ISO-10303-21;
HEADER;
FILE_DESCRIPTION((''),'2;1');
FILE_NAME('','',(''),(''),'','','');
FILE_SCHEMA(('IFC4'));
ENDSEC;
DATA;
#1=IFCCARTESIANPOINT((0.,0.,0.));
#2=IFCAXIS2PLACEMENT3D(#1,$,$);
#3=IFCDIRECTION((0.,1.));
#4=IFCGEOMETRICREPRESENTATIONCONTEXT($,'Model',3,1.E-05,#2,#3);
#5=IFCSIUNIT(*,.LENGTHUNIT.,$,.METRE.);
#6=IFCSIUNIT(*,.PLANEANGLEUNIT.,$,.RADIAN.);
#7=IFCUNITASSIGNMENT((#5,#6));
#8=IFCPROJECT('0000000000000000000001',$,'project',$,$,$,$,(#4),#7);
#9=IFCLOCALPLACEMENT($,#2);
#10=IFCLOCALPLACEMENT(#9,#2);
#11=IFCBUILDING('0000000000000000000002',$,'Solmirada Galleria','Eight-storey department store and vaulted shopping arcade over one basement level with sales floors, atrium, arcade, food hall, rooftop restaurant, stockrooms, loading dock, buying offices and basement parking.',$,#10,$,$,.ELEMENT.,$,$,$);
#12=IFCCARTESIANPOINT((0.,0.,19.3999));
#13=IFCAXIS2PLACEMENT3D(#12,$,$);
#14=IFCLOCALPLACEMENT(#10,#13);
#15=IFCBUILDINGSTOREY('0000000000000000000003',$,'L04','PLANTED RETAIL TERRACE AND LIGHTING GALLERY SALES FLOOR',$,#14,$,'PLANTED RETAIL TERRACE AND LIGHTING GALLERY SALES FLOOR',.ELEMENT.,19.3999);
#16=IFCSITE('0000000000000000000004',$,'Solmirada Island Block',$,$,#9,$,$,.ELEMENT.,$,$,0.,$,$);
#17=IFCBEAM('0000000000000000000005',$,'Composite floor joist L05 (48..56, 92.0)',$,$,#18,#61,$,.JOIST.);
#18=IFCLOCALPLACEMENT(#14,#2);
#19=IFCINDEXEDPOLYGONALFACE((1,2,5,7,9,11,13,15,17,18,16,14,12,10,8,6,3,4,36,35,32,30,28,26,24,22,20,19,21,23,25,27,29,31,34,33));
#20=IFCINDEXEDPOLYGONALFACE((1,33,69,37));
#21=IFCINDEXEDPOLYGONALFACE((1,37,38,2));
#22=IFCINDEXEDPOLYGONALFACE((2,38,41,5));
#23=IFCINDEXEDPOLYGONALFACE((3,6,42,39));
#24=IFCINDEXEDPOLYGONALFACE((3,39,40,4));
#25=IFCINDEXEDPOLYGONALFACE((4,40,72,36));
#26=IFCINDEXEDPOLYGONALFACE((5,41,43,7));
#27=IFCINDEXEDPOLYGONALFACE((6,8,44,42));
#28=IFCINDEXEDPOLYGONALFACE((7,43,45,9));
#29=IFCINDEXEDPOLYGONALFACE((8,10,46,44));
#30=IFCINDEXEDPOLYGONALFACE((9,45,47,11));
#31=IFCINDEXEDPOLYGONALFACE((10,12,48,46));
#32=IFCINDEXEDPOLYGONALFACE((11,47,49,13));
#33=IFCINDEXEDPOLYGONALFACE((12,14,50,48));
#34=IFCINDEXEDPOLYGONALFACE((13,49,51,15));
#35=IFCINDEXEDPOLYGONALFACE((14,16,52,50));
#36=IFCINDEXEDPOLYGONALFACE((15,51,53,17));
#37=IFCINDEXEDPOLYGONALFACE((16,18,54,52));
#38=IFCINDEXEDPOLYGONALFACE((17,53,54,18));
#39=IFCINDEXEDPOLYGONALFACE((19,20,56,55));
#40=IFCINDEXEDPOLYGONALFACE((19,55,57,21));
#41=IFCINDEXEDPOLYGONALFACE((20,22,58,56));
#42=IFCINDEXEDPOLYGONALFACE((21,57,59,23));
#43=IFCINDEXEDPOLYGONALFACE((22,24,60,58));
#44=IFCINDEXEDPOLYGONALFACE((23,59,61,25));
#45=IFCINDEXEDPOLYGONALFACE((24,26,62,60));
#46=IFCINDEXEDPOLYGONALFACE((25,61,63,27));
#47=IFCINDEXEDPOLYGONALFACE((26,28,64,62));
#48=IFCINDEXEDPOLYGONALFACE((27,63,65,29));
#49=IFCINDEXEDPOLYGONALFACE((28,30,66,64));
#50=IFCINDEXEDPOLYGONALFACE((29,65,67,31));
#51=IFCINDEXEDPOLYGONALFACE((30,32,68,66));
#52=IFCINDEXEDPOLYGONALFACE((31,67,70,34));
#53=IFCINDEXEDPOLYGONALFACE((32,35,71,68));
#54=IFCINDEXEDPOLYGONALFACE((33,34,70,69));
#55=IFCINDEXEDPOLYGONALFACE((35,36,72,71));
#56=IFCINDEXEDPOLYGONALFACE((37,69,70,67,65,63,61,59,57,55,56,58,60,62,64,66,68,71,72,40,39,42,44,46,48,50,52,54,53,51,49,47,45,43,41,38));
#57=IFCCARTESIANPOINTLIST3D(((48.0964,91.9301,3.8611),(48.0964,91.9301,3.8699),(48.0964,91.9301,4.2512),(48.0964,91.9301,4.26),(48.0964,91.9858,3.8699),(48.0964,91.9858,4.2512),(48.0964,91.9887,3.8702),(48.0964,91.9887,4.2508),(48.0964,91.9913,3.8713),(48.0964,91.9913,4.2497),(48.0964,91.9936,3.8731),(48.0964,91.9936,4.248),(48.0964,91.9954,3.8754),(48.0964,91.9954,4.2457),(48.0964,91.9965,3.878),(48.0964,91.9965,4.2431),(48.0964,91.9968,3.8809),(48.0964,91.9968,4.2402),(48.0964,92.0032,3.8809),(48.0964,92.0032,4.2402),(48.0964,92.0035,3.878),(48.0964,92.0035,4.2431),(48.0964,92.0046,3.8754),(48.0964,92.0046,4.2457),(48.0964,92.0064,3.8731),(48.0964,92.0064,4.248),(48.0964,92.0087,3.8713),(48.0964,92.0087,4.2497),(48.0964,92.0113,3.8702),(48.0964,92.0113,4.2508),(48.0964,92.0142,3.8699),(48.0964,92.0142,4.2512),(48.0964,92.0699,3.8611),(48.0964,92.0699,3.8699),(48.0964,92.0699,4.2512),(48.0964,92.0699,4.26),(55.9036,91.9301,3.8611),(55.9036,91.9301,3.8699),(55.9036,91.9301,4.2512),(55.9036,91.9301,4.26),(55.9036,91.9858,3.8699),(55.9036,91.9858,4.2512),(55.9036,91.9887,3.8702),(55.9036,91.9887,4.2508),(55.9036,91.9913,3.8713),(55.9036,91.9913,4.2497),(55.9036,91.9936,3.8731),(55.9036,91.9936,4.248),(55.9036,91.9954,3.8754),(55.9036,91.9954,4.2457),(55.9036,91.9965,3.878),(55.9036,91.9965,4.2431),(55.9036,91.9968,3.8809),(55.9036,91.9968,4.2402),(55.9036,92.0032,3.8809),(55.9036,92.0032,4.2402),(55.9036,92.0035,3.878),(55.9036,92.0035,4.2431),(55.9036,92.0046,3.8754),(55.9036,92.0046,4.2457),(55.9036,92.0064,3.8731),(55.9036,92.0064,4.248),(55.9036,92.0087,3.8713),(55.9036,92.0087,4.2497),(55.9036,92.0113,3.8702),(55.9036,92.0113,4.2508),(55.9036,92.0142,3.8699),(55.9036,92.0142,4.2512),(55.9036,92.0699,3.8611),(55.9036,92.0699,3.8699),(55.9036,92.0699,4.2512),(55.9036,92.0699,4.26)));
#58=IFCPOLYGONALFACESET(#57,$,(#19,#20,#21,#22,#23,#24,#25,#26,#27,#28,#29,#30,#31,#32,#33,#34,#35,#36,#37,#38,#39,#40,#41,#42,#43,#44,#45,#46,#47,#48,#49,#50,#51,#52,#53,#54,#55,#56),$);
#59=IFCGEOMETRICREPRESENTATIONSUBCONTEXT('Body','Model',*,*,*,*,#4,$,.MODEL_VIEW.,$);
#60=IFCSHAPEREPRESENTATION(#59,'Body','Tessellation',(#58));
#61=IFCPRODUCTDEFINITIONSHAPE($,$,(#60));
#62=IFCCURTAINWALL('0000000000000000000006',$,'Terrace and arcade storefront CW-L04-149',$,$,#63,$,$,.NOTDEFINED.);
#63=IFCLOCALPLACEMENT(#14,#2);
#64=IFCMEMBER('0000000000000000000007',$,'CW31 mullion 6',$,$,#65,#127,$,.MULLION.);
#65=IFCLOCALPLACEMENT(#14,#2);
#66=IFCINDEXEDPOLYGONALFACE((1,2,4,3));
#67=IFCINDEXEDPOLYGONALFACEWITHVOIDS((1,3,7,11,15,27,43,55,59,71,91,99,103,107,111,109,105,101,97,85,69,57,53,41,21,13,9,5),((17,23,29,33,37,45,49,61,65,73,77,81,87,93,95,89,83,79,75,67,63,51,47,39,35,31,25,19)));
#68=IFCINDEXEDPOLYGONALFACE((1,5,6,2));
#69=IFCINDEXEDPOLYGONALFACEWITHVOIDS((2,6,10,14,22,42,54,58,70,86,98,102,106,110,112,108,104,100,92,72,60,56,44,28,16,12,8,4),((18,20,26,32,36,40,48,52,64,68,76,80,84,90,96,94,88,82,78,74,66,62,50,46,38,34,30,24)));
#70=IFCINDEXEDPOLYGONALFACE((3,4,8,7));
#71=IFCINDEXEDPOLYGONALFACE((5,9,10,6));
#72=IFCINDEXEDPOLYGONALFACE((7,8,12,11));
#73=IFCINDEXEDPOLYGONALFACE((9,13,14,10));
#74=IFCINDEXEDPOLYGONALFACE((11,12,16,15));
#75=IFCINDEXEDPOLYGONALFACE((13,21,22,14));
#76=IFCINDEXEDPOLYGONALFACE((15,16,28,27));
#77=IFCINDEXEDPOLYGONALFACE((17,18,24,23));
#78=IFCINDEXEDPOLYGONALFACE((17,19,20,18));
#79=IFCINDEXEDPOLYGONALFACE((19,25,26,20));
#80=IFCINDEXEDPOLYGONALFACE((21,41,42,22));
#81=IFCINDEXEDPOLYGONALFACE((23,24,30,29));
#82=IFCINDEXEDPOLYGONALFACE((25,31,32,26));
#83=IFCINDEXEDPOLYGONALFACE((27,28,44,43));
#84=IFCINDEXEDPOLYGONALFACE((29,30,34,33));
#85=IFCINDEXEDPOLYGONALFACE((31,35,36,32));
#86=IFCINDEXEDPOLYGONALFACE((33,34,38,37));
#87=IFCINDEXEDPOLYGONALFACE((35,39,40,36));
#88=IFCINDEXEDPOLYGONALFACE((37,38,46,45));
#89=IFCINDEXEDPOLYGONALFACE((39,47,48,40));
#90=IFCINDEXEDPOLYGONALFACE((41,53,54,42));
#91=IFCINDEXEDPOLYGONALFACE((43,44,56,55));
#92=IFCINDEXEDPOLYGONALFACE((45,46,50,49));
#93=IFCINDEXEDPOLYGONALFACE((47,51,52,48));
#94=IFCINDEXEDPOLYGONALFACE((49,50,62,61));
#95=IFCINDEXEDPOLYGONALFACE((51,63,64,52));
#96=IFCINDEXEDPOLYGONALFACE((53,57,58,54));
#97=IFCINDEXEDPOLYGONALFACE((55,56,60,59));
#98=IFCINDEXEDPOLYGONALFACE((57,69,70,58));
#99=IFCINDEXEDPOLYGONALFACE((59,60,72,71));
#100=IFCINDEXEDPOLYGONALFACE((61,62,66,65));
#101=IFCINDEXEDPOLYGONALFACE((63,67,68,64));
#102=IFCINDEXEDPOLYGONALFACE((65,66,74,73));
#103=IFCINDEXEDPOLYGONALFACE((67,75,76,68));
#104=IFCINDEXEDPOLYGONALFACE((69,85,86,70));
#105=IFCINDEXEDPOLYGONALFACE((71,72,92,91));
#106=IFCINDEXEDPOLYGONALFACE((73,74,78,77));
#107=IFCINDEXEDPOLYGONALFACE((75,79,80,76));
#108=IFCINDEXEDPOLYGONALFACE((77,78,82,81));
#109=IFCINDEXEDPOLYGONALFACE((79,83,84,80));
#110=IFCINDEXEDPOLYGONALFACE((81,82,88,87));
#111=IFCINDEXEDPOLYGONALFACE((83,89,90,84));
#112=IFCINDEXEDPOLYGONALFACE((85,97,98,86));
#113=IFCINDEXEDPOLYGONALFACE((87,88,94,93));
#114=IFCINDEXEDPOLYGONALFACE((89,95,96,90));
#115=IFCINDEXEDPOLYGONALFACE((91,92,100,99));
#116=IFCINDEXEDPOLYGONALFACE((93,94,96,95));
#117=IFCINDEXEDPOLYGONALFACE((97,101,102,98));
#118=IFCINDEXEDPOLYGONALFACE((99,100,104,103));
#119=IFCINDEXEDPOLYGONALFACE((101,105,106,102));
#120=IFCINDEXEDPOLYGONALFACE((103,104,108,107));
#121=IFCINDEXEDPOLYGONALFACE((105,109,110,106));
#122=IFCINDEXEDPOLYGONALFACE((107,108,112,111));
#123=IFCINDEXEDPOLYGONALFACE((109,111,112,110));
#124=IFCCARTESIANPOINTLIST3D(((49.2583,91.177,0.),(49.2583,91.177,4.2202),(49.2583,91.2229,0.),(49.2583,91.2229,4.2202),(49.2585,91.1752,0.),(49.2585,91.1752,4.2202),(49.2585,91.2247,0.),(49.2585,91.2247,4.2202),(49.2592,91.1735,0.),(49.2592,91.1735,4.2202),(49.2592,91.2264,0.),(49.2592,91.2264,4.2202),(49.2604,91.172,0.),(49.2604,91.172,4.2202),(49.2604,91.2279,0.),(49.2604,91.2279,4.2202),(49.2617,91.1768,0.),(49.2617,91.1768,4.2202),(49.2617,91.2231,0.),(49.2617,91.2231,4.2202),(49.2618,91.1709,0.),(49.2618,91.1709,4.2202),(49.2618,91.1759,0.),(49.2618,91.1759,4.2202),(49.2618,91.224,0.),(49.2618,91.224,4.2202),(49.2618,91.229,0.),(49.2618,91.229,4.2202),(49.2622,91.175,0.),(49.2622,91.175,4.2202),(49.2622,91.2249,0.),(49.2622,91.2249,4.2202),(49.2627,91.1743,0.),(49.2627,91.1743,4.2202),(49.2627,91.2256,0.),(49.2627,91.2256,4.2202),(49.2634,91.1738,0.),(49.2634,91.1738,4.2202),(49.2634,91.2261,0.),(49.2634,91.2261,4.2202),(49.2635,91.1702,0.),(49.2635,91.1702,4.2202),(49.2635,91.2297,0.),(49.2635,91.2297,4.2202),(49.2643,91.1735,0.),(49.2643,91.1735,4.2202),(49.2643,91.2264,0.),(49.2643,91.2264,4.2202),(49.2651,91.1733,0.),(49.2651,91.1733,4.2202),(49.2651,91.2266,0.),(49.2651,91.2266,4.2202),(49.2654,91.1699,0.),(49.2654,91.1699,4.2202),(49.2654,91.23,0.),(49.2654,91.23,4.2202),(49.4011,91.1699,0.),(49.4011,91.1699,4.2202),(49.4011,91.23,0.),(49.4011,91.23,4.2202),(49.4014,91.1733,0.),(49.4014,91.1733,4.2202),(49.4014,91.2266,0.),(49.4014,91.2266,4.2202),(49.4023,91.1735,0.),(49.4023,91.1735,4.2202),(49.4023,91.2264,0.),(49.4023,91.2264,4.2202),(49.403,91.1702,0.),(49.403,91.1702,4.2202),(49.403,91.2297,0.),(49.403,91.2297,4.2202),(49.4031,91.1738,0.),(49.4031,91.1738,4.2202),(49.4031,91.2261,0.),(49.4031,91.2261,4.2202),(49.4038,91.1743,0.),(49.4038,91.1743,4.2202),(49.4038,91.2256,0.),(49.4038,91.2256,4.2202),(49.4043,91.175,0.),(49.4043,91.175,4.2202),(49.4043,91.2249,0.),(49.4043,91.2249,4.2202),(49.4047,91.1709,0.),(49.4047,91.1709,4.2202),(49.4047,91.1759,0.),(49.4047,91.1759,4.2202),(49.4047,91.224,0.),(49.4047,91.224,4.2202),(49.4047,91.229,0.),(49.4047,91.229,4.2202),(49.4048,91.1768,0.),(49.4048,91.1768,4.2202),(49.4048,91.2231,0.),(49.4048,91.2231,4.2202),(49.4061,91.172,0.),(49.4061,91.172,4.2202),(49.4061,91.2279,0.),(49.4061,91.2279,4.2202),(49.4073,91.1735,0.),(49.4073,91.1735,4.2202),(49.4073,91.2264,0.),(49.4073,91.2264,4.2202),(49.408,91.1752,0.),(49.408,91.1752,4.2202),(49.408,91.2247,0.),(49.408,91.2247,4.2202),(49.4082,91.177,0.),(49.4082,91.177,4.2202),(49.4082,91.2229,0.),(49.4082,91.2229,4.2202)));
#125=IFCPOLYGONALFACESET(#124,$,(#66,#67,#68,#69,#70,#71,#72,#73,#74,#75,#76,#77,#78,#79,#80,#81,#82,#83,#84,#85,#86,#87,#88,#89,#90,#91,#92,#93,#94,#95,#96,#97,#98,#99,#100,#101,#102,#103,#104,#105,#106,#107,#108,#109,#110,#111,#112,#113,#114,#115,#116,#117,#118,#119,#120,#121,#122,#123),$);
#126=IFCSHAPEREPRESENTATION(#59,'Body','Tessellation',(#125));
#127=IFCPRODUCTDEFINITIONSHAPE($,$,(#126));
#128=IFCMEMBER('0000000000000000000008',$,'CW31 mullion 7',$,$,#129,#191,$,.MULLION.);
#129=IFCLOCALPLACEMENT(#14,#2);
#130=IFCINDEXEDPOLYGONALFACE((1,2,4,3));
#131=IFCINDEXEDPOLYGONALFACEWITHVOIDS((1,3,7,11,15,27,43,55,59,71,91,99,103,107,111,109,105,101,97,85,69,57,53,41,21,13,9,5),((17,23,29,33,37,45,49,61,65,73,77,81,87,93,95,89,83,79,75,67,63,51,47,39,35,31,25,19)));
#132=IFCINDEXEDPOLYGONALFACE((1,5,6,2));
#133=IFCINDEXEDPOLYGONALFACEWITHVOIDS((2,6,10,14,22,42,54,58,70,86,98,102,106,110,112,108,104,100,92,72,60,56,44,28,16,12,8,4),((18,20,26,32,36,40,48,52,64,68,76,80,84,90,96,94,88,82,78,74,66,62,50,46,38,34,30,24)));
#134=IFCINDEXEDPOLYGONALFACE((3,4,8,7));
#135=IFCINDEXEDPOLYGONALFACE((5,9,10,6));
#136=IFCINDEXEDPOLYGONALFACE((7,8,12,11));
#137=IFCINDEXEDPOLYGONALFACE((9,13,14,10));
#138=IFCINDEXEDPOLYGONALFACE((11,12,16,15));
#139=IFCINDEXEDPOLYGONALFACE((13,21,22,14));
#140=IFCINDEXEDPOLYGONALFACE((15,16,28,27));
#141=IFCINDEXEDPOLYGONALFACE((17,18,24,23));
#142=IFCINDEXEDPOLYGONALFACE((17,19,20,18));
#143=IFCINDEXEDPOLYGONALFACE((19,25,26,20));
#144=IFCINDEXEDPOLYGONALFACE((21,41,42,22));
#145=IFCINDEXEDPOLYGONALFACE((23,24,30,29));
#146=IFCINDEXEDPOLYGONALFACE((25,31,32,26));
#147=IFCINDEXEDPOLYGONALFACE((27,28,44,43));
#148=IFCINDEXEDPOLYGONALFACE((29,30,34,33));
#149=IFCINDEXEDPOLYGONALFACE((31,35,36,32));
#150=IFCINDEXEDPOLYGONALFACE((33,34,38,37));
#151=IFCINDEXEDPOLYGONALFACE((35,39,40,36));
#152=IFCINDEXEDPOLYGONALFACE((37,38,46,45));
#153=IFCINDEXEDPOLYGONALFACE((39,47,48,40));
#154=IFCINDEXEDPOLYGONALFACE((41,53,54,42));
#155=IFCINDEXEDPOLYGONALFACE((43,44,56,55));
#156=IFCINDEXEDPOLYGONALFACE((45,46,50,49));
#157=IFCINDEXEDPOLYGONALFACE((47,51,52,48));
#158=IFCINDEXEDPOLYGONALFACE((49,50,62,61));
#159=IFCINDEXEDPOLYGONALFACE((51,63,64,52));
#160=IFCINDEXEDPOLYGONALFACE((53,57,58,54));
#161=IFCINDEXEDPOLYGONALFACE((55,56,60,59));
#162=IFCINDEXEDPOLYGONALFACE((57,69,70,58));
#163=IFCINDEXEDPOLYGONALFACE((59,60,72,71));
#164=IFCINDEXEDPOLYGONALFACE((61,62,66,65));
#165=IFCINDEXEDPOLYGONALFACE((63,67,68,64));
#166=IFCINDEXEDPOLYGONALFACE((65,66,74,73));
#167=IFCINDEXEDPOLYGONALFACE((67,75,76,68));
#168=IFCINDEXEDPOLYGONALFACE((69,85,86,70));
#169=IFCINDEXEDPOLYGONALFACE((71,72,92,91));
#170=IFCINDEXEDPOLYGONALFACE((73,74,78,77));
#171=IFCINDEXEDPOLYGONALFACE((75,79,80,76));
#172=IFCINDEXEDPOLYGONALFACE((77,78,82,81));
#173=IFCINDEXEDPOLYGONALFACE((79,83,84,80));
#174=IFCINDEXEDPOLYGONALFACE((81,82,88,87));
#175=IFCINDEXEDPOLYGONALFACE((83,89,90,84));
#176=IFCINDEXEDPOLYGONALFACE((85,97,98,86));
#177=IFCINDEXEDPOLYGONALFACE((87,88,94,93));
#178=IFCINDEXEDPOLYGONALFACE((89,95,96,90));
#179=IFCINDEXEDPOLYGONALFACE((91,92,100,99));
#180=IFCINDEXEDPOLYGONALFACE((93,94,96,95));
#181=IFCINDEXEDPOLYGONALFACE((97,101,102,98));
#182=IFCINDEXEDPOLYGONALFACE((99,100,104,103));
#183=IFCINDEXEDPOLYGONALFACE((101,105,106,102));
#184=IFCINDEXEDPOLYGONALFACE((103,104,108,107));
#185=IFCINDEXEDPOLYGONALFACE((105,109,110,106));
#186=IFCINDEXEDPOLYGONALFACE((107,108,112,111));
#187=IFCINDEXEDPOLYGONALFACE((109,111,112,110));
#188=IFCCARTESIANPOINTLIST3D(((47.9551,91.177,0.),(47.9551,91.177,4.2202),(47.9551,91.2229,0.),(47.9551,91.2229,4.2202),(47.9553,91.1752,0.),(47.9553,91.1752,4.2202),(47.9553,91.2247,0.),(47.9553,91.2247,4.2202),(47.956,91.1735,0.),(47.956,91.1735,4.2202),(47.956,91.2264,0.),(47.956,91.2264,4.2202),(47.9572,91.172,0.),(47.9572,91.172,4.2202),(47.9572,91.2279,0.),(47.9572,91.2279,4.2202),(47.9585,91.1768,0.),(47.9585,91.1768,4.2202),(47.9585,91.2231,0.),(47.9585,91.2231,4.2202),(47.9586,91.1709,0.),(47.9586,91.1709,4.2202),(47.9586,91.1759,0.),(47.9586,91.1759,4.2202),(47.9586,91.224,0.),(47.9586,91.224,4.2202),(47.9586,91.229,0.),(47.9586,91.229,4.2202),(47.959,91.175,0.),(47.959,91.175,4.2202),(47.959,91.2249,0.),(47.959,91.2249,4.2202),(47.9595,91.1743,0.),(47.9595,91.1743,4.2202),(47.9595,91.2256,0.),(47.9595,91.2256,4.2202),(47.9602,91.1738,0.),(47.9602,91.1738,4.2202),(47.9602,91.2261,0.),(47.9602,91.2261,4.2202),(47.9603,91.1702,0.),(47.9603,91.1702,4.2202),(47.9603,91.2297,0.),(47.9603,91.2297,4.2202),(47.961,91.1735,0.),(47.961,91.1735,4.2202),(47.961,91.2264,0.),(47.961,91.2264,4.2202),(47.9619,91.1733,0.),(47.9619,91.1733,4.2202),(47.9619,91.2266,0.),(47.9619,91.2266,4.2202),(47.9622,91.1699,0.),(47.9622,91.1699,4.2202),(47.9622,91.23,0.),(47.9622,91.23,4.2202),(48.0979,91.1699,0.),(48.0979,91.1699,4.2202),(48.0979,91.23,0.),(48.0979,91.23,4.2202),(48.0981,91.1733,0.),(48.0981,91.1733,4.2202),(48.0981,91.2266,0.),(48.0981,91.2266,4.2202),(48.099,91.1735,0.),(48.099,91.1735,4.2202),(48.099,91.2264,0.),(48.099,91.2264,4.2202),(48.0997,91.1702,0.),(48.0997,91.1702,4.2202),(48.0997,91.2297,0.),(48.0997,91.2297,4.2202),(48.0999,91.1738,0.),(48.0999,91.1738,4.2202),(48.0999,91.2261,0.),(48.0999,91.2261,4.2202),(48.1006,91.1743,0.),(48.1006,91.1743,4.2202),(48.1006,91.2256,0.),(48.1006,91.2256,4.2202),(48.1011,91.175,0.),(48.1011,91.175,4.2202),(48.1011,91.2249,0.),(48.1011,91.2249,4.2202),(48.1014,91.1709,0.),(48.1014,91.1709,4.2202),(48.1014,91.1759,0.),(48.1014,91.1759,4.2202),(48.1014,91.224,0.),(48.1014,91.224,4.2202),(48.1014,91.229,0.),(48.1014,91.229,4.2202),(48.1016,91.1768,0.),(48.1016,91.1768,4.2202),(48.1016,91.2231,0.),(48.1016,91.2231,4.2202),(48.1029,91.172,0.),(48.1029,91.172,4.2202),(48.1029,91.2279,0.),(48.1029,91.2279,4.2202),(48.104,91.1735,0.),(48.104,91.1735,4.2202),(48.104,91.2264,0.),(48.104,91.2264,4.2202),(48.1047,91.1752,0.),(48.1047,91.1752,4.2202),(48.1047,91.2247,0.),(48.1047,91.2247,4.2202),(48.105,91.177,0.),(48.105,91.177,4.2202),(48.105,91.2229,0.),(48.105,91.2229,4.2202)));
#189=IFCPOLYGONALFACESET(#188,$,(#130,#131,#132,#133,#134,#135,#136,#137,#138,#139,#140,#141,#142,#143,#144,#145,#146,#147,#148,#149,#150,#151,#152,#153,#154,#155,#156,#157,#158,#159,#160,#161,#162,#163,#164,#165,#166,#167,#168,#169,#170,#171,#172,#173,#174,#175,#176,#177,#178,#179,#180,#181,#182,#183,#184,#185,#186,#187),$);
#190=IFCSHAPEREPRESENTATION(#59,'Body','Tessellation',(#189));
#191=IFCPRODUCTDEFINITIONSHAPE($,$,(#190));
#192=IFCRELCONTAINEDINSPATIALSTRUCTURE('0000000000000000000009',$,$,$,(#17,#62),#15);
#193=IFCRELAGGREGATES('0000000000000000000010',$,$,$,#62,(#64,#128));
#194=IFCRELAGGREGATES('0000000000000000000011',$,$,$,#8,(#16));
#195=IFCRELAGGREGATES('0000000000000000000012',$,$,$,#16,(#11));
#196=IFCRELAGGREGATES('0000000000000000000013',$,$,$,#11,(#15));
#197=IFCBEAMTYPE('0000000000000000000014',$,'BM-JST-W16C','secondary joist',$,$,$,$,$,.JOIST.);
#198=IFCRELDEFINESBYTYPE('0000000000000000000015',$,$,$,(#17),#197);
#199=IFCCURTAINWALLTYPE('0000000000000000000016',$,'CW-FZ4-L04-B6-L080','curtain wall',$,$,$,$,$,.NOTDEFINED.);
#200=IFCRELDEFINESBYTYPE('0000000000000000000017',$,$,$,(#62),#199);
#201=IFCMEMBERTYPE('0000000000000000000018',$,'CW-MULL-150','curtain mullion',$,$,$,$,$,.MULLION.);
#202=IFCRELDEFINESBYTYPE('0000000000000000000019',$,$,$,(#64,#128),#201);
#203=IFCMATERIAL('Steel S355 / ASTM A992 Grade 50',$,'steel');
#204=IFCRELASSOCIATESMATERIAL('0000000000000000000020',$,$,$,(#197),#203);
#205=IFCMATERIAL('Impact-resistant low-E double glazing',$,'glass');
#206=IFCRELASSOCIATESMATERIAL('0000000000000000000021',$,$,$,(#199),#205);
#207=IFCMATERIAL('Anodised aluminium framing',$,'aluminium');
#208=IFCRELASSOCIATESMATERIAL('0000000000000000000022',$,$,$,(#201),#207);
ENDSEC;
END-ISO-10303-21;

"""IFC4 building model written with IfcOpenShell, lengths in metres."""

from ifc_helpers import new_model, si_unit, direction, frame, origin, origin_2d, place, context, subcontext, project, spatial, hollow_rectangle, i_section, extrude, material, material_profile, profile_set, type_object, element, aggregate, save


model = new_model("IFC4")

# Units and contexts
model_context = context("Model", 3, precision=1e-05, world=origin(), true_north=direction((0.0, 1.0)))
body_context = subcontext(model_context, "Body", "Model", "MODEL_VIEW")
ifc_project = project(units=[si_unit("LENGTHUNIT", "METRE"), si_unit("PLANEANGLEUNIT", "RADIAN")], contexts=[model_context])

# Site, building, storey
site_placement = place(None, origin())
site = spatial("IfcSite", under=ifc_project, at=site_placement, Name="Solmirada Island Block", CompositionType="ELEMENT", RefElevation=0.0)
building_placement = place(site_placement, origin())
building = spatial("IfcBuilding", under=site, at=building_placement, Name="Solmirada Galleria", Description="Eight-storey department store and vaulted shopping arcade over one basement level with sales floors, atrium, arcade, food hall, rooftop restaurant, stockrooms, loading dock, buying offices and basement parking.", CompositionType="ELEMENT")
storey_placement = place(building_placement, frame((0.0, 0.0, 19.3999)))
storey = spatial("IfcBuildingStorey", under=building, at=storey_placement, Name="L04", Description="PLANTED RETAIL TERRACE AND LIGHTING GALLERY SALES FLOOR", LongName="PLANTED RETAIL TERRACE AND LIGHTING GALLERY SALES FLOOR", CompositionType="ELEMENT", Elevation=19.3999)

# Beam
ifc_material_1 = material(Name="Steel S355 / ASTM A992 Grade 50", Category="steel")
ifc_material_profile_1 = material_profile(ifc_material_1, i_section(OverallWidth=0.1399, OverallDepth=0.3989, WebThickness=0.0063, FlangeThickness=0.0088, FilletRadius=0.011, at=origin_2d()), Name="W16X26")
ifc_profile_set_1 = profile_set([ifc_material_profile_1], Name="Steel S355 / ASTM A992 Grade 50")
beam_type = type_object("IfcBeamType", Name="BM-JST-W16C", Description="secondary joist", PredefinedType="JOIST", material=ifc_profile_set_1)
beam_placement = place(storey_placement, frame((48.0964, 92.0, 4.0605), z_axis=(1.0, 0.0, 0.0), x_axis=(0.0, 1.0, 0.0)))
element("IfcBeam", 1, at=beam_placement, inside=storey, type_object=beam_type, Name="Composite floor joist L05 (48..56, 92.0)", PredefinedType="JOIST", context=body_context, shape_type="SweptSolid", body=[
    extrude(i_section(OverallWidth=0.1399, OverallDepth=0.3989, WebThickness=0.0063, FlangeThickness=0.0088, FilletRadius=0.011, at=origin_2d()), origin(), (0.0, 0.0, 1.0), 7.8071),
])

# Curtain wall, members
ifc_material_2 = material(Name="Impact-resistant low-E double glazing", Category="glass")
curtain_wall_type = type_object("IfcCurtainWallType", Name="CW-FZ4-L04-B6-L080", Description="curtain wall", PredefinedType="NOTDEFINED", material=ifc_material_2)
curtain_wall_1_placement = place(storey_placement, origin())
curtain_wall_1 = element("IfcCurtainWall", 2, at=curtain_wall_1_placement, inside=storey, type_object=curtain_wall_type, Name="Terrace and arcade storefront CW-L04-149", PredefinedType="NOTDEFINED")
ifc_material_3 = material(Name="Anodised aluminium framing", Category="aluminium")
ifc_material_profile_2 = material_profile(ifc_material_3, hollow_rectangle(XDim=0.0601, YDim=0.1499, WallThickness=0.0034, InnerFilletRadius=0.0034, OuterFilletRadius=0.0071, at=origin_2d()), Name="ALU-MULL-150X60")
ifc_profile_set_2 = profile_set([ifc_material_profile_2], Name="Anodised aluminium framing")
member_type_1 = type_object("IfcMemberType", Name="CW-MULL-150", Description="curtain mullion", PredefinedType="MULLION", material=ifc_profile_set_2)
member_1_placement = place(storey_placement, frame((49.3333, 91.2, 0.0), z_axis=(0.0, 0.0, 1.0), x_axis=(0.0, -1.0, 0.0)))
member_1 = element("IfcMember", 3, at=member_1_placement, type_object=member_type_1, Name="CW31 mullion 6", PredefinedType="MULLION", context=body_context, shape_type="SweptSolid", body=[
    extrude(hollow_rectangle(XDim=0.0601, YDim=0.1499, WallThickness=0.0034, InnerFilletRadius=0.0034, OuterFilletRadius=0.0071, at=origin_2d()), origin(), (0.0, 0.0, 1.0), 4.2202),
])
member_2_placement = place(storey_placement, frame((48.03, 91.2, 0.0), z_axis=(0.0, 0.0, 1.0), x_axis=(0.0, -1.0, 0.0)))
member_2 = element("IfcMember", 4, at=member_2_placement, type_object=member_type_1, Name="CW31 mullion 7", PredefinedType="MULLION", context=body_context, shape_type="SweptSolid", body=[
    extrude(hollow_rectangle(XDim=0.0601, YDim=0.1499, WallThickness=0.0034, InnerFilletRadius=0.0034, OuterFilletRadius=0.0071, at=origin_2d()), origin(), (0.0, 0.0, 1.0), 4.2202),
])

aggregate(curtain_wall_1, [member_1, member_2])

save(model, "model.ifc")
